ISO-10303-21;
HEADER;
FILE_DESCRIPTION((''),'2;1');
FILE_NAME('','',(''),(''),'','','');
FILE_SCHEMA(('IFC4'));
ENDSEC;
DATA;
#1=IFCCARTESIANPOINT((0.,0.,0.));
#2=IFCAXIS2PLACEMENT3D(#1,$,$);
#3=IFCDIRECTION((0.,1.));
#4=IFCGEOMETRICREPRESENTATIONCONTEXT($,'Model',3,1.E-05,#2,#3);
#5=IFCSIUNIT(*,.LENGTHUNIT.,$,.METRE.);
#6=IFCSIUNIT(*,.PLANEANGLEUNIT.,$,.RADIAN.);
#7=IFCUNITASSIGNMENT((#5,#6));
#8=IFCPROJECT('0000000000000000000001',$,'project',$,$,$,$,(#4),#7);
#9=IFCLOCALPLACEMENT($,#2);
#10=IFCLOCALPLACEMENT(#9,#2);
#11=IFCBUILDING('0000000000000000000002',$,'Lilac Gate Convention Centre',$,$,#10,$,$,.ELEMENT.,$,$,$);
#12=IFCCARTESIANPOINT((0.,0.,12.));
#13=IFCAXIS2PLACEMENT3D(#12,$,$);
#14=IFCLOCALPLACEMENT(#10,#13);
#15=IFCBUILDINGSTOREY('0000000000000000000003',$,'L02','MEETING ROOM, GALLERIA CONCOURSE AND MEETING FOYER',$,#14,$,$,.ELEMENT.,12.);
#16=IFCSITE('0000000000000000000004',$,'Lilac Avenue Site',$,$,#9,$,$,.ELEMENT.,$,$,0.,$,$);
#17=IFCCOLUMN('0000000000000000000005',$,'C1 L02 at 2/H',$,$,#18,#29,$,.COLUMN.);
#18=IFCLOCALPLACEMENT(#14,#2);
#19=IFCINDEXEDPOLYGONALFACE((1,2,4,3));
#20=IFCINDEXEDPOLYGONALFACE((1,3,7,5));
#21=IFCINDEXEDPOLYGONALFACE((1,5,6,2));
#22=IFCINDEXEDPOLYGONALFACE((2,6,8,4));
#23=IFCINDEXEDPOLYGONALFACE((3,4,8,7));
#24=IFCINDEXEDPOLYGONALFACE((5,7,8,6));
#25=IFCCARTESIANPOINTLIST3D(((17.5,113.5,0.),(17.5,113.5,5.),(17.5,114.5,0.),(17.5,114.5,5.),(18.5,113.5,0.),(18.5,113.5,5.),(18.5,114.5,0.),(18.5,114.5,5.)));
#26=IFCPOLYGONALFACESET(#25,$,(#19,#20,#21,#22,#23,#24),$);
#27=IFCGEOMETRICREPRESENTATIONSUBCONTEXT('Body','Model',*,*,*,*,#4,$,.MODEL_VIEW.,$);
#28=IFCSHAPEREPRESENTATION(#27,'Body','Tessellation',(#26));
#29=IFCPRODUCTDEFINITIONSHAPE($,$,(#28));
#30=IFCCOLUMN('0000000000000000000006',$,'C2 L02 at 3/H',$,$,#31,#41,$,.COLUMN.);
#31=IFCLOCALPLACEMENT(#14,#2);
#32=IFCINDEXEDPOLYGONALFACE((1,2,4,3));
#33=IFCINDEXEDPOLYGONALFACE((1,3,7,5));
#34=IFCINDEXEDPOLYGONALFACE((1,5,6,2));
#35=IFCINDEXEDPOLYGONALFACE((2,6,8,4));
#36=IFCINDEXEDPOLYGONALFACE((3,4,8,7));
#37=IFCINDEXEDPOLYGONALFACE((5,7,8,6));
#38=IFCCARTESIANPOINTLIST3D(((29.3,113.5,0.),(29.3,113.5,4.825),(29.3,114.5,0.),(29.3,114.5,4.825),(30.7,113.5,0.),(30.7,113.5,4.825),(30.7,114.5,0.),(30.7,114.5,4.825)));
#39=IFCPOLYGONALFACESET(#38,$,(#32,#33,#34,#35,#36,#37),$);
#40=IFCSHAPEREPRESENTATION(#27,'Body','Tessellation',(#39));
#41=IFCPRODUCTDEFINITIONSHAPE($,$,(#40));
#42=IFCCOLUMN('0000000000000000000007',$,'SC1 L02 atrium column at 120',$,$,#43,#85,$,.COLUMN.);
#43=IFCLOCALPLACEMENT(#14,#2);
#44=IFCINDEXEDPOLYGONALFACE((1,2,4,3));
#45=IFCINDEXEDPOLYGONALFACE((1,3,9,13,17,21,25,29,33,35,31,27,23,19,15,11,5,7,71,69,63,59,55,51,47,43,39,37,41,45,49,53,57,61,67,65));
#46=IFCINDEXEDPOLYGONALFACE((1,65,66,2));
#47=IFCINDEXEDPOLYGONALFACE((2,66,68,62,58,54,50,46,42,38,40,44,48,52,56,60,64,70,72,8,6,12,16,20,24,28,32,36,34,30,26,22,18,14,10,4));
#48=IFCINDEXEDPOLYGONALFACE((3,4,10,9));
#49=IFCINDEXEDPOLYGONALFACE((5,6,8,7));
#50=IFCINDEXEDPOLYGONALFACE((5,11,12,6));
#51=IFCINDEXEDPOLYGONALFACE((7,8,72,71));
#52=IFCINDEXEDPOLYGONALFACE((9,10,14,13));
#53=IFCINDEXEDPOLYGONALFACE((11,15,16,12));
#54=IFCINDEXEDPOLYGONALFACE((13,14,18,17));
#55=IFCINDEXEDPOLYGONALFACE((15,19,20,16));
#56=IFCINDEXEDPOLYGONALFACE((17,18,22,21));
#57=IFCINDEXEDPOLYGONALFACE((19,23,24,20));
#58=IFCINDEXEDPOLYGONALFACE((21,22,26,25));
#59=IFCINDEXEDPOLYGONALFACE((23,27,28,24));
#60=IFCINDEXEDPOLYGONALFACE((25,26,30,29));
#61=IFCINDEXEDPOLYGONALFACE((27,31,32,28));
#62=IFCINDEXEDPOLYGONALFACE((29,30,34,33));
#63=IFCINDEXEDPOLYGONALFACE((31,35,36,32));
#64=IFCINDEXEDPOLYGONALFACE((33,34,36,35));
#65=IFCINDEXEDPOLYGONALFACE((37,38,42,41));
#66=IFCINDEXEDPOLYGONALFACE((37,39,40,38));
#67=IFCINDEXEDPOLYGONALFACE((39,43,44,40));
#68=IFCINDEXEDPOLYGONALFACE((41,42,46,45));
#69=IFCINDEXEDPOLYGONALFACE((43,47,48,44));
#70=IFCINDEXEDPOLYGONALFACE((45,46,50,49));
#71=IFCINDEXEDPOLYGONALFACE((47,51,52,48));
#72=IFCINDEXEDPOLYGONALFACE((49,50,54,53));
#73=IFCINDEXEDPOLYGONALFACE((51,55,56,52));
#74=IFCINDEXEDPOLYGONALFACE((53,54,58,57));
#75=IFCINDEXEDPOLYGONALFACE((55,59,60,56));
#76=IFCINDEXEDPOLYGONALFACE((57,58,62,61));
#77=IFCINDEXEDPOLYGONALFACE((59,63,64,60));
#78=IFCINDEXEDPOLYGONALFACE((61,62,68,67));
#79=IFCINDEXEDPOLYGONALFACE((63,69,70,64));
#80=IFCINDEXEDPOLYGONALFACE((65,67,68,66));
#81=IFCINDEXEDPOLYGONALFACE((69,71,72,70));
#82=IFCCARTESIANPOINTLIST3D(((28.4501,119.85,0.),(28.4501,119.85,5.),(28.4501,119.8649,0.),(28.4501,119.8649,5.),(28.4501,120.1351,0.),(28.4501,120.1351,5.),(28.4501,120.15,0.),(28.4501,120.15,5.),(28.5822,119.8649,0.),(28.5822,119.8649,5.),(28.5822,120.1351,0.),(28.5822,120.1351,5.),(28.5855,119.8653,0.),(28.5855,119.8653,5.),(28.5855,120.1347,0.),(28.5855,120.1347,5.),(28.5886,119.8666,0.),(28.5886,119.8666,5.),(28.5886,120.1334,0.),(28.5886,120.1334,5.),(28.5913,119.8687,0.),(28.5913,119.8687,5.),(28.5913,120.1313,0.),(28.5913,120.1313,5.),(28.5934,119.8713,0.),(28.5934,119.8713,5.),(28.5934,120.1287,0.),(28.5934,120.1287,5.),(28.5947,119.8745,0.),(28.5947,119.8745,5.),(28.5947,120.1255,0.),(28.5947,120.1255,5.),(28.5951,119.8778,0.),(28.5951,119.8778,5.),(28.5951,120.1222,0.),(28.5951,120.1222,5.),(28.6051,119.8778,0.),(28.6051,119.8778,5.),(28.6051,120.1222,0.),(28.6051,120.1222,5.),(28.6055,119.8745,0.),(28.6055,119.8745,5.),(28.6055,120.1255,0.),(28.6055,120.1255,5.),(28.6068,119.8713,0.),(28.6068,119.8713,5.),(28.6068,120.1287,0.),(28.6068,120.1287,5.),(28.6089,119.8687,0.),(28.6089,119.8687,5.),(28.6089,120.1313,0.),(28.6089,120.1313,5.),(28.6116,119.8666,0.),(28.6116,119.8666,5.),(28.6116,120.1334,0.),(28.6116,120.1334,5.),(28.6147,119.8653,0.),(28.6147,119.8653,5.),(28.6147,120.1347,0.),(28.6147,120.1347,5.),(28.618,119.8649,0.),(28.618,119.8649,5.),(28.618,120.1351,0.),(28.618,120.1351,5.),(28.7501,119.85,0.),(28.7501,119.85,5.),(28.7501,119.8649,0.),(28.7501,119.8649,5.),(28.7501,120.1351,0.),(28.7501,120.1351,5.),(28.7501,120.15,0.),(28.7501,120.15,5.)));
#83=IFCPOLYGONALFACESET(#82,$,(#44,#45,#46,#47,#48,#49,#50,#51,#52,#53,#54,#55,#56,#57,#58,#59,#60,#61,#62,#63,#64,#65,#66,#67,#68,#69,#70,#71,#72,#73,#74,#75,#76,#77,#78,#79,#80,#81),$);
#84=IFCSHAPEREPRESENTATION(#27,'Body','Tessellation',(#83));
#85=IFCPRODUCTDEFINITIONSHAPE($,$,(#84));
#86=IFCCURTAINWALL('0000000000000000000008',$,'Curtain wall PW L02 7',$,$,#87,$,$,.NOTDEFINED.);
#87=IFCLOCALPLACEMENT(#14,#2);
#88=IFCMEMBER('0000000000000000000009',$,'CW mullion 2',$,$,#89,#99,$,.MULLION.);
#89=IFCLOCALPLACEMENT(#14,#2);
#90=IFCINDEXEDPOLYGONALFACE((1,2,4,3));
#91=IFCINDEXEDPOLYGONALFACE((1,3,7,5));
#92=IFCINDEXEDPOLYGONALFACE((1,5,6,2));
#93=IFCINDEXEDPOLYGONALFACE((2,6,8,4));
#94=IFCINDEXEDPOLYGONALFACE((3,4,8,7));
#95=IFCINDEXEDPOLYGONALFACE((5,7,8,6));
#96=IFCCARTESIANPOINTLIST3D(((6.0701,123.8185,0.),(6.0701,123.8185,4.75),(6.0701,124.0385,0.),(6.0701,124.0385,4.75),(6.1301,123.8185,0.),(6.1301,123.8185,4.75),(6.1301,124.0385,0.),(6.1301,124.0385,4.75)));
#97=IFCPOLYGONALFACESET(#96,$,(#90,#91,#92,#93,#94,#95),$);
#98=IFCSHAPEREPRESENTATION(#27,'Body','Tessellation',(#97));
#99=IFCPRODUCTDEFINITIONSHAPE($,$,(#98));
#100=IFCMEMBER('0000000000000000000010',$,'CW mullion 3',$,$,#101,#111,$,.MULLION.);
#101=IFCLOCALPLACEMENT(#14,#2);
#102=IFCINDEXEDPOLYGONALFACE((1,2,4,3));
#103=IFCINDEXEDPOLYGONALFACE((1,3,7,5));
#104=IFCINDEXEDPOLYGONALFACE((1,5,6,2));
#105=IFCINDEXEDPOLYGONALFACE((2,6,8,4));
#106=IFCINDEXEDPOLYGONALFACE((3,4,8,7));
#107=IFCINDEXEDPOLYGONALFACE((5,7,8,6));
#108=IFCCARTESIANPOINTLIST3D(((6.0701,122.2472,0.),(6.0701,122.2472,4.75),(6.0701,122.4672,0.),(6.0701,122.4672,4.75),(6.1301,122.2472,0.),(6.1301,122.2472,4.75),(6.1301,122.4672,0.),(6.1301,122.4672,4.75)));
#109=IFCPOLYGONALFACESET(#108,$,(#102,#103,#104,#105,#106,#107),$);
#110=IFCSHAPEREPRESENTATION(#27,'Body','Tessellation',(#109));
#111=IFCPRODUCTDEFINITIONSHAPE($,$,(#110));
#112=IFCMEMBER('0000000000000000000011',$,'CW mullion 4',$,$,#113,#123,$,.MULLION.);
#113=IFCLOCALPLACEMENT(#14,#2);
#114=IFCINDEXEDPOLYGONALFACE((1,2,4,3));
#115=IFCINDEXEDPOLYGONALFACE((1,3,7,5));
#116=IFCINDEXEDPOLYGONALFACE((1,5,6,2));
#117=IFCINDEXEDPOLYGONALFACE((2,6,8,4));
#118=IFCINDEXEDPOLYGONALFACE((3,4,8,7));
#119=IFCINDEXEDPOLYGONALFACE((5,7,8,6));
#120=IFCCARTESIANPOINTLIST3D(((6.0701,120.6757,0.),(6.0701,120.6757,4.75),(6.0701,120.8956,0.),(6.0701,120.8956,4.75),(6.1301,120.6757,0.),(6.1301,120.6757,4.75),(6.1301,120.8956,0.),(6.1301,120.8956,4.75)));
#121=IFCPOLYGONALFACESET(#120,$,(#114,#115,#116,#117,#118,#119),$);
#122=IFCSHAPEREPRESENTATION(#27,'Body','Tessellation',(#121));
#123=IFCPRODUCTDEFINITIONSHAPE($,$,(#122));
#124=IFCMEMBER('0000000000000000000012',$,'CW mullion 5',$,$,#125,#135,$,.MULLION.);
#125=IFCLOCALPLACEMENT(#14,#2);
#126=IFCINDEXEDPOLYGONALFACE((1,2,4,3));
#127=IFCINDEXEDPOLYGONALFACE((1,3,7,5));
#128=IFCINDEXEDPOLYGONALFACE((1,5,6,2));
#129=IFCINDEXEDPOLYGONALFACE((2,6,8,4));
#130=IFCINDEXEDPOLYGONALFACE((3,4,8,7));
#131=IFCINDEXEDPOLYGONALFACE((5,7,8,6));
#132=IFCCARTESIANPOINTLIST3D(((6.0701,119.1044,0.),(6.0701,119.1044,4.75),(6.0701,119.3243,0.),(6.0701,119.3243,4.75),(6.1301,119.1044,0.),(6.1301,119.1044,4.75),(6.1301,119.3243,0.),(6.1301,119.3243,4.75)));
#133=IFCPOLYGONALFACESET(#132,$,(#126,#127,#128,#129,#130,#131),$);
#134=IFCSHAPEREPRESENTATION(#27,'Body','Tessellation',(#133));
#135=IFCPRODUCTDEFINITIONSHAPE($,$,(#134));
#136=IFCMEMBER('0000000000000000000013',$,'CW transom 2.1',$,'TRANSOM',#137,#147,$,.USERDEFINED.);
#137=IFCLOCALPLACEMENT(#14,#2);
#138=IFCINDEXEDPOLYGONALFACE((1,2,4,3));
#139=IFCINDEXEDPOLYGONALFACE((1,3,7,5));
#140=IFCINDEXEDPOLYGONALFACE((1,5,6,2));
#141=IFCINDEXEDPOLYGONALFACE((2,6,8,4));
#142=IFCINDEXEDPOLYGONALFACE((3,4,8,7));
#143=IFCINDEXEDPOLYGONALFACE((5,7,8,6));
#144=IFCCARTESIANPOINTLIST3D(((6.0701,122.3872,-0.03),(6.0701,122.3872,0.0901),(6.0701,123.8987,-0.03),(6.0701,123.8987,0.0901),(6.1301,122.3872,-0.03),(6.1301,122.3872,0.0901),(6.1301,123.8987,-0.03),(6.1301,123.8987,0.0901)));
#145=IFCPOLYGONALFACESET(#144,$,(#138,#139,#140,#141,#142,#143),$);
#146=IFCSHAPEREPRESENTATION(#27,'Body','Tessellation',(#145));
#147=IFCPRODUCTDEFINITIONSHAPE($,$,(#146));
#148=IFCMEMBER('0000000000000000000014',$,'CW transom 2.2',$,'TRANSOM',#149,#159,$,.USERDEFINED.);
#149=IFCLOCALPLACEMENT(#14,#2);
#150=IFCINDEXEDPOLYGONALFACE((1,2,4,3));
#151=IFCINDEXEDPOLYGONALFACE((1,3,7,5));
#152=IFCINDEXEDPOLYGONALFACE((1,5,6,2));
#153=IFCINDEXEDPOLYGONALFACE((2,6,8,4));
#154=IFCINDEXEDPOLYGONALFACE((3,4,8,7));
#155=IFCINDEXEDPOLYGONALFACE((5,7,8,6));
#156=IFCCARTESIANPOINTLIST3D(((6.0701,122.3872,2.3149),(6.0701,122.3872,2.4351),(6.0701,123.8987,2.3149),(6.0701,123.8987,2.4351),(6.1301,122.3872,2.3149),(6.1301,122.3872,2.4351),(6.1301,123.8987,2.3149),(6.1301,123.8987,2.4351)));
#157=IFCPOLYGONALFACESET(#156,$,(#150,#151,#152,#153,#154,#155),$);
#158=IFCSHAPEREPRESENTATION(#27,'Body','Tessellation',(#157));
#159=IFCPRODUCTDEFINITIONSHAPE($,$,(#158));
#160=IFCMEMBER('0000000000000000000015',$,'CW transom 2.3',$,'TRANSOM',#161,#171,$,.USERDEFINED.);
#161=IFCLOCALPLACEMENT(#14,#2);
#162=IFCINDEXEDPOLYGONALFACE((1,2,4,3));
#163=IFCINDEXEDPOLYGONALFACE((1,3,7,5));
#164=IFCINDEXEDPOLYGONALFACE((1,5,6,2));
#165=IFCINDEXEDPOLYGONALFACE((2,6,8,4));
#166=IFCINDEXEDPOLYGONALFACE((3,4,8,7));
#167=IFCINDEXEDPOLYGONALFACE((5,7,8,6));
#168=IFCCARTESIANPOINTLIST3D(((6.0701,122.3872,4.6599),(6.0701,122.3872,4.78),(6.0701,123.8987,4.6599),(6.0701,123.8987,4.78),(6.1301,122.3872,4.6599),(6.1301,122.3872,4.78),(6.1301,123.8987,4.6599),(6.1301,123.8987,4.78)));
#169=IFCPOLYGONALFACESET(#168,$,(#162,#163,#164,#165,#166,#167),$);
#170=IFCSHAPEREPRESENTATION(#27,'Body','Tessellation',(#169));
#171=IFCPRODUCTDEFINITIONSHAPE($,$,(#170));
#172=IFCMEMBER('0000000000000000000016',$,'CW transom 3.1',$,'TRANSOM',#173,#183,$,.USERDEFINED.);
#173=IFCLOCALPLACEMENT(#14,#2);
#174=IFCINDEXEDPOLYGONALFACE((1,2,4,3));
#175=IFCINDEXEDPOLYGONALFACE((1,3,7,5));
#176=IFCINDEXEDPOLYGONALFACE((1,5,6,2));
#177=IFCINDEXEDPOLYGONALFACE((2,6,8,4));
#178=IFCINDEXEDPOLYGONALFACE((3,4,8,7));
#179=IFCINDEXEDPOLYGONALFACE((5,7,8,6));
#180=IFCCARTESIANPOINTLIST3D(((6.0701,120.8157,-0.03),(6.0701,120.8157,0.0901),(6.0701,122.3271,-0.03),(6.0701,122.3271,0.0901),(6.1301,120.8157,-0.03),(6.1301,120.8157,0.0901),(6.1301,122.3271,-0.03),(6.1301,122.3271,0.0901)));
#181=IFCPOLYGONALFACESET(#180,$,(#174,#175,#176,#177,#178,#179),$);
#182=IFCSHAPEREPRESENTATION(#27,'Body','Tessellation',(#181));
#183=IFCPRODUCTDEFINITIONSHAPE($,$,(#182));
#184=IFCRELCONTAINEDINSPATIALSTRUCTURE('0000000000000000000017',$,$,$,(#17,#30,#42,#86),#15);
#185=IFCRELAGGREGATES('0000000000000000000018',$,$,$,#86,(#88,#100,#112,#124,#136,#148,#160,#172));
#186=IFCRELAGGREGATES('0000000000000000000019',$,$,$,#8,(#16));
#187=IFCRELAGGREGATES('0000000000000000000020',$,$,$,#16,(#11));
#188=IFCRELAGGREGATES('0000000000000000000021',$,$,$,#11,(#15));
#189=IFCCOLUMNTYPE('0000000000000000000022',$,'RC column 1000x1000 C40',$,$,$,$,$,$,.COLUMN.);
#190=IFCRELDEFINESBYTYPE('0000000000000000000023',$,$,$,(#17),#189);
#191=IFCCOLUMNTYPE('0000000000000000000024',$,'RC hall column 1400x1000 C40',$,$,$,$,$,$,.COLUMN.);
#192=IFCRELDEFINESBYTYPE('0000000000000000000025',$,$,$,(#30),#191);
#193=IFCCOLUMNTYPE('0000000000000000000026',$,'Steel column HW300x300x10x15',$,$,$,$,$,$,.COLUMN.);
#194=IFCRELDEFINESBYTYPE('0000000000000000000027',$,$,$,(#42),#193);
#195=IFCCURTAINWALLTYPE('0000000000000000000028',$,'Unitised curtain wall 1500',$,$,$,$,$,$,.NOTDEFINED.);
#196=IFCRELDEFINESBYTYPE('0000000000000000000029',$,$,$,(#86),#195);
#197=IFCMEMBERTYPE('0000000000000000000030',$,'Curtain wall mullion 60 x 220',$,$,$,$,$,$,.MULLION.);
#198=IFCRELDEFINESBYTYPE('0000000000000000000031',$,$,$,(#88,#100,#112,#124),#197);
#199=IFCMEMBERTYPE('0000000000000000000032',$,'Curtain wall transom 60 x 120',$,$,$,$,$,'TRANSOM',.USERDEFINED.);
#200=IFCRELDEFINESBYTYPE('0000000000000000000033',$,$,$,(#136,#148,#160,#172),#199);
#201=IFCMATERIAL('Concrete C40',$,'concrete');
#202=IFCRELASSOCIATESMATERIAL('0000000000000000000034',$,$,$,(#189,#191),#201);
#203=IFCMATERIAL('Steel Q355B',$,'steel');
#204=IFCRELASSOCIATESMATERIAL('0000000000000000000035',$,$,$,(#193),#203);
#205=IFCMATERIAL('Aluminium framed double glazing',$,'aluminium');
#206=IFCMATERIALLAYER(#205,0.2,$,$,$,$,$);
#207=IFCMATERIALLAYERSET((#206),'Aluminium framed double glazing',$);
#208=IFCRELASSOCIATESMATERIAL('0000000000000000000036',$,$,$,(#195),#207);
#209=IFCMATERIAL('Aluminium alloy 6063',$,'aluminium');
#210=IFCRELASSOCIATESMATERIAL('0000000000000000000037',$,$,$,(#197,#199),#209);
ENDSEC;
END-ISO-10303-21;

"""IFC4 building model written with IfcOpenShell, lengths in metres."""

from ifc_helpers import new_model, si_unit, direction, frame, origin, origin_2d, place, context, subcontext, project, spatial, rectangle, i_section, extrude, material, layer, layer_set, material_profile, profile_set, type_object, element, aggregate, save


model = new_model("IFC4")

# Units and contexts
model_context = context("Model", 3, precision=1e-05, world=origin(), true_north=direction((0.0, 1.0)))
body_context = subcontext(model_context, "Body", "Model", "MODEL_VIEW")
ifc_project = project(units=[si_unit("LENGTHUNIT", "METRE"), si_unit("PLANEANGLEUNIT", "RADIAN")], contexts=[model_context])

# Site, building, storey
site_placement = place(None, origin())
site = spatial("IfcSite", under=ifc_project, at=site_placement, Name="Lilac Avenue Site", CompositionType="ELEMENT", RefElevation=0.0)
building_placement = place(site_placement, origin())
building = spatial("IfcBuilding", under=site, at=building_placement, Name="Lilac Gate Convention Centre", CompositionType="ELEMENT")
storey_placement = place(building_placement, frame((0.0, 0.0, 12.0)))
storey = spatial("IfcBuildingStorey", under=building, at=storey_placement, Name="L02", Description="MEETING ROOM, GALLERIA CONCOURSE AND MEETING FOYER", CompositionType="ELEMENT", Elevation=12.0)

# Columns
ifc_material_1 = material(Name="Concrete C40", Category="concrete")
ifc_material_profile_1 = material_profile(ifc_material_1, rectangle(XDim=1.0, YDim=1.0, at=origin_2d()), Name="RC 1000x1000")
ifc_profile_set_1 = profile_set([ifc_material_profile_1], Name="Concrete C40")
column_type_1 = type_object("IfcColumnType", Name="RC column 1000x1000 C40", PredefinedType="COLUMN", material=ifc_profile_set_1)
column_1_placement = place(storey_placement, frame((18.0, 114.0, 0.0), z_axis=(0.0, 0.0, 1.0), x_axis=(1.0, 0.0, 0.0)))
element("IfcColumn", 1, at=column_1_placement, inside=storey, type_object=column_type_1, Name="C1 L02 at 2/H", PredefinedType="COLUMN", context=body_context, shape_type="SweptSolid", body=[
    extrude(rectangle(XDim=1.0, YDim=1.0, at=origin_2d()), origin(), (0.0, 0.0, 1.0), 5.0),
])
ifc_material_profile_2 = material_profile(ifc_material_1, rectangle(XDim=1.3999, YDim=1.0, at=origin_2d()), Name="RC 1400x1000")
ifc_profile_set_2 = profile_set([ifc_material_profile_2], Name="Concrete C40")
column_type_2 = type_object("IfcColumnType", Name="RC hall column 1400x1000 C40", PredefinedType="COLUMN", material=ifc_profile_set_2)
column_2_placement = place(storey_placement, frame((30.0, 114.0, 0.0), z_axis=(0.0, 0.0, 1.0), x_axis=(1.0, 0.0, 0.0)))
element("IfcColumn", 2, at=column_2_placement, inside=storey, type_object=column_type_2, Name="C2 L02 at 3/H", PredefinedType="COLUMN", context=body_context, shape_type="SweptSolid", body=[
    extrude(rectangle(XDim=1.3999, YDim=1.0, at=origin_2d()), origin(), (0.0, 0.0, 1.0), 4.825),
])
ifc_material_2 = material(Name="Steel Q355B", Category="steel")
ifc_material_profile_3 = material_profile(ifc_material_2, i_section(OverallWidth=0.3, OverallDepth=0.3, WebThickness=0.01, FlangeThickness=0.0149, FilletRadius=0.0129, at=origin_2d()), Name="HW300x300x10x15")
ifc_profile_set_3 = profile_set([ifc_material_profile_3], Name="Steel Q355B")
column_type_3 = type_object("IfcColumnType", Name="Steel column HW300x300x10x15", PredefinedType="COLUMN", material=ifc_profile_set_3)
column_3_placement = place(storey_placement, frame((28.6001, 120.0, 0.0), z_axis=(0.0, 0.0, 1.0), x_axis=(1.0, 0.0, 0.0)))
element("IfcColumn", 3, at=column_3_placement, inside=storey, type_object=column_type_3, Name="SC1 L02 atrium column at 120", PredefinedType="COLUMN", context=body_context, shape_type="SweptSolid", body=[
    extrude(i_section(OverallWidth=0.3, OverallDepth=0.3, WebThickness=0.01, FlangeThickness=0.0149, FilletRadius=0.0129, at=origin_2d()), origin(), (0.0, 0.0, 1.0), 5.0),
])

# Curtain wall, members
ifc_material_3 = material(Name="Aluminium framed double glazing", Category="aluminium")
ifc_layer_1 = layer(ifc_material_3, 0.2)
ifc_layer_set_1 = layer_set([ifc_layer_1], Name="Aluminium framed double glazing")
curtain_wall_type = type_object("IfcCurtainWallType", Name="Unitised curtain wall 1500", PredefinedType="NOTDEFINED", material=ifc_layer_set_1)
curtain_wall_placement = place(storey_placement, origin())
curtain_wall = element("IfcCurtainWall", 4, at=curtain_wall_placement, inside=storey, type_object=curtain_wall_type, Name="Curtain wall PW L02 7", PredefinedType="NOTDEFINED")
ifc_material_4 = material(Name="Aluminium alloy 6063", Category="aluminium")
ifc_material_profile_4 = material_profile(ifc_material_4, rectangle(XDim=0.0601, YDim=0.22, at=origin_2d()), Name="Curtain wall mullion 60 x 220")
ifc_profile_set_4 = profile_set([ifc_material_profile_4], Name="Aluminium alloy 6063")
member_type_1 = type_object("IfcMemberType", Name="Curtain wall mullion 60 x 220", PredefinedType="MULLION", material=ifc_profile_set_4)
member_1_placement = place(storey_placement, frame((6.1001, 123.9285, 0.0), z_axis=(0.0, 0.0, 1.0), x_axis=(1.0, 0.0, 0.0)))
member_1 = element("IfcMember", 5, at=member_1_placement, type_object=member_type_1, Name="CW mullion 2", PredefinedType="MULLION", context=body_context, shape_type="SweptSolid", body=[
    extrude(rectangle(XDim=0.0601, YDim=0.22, at=origin_2d()), origin(), (0.0, 0.0, 1.0), 4.75),
])
member_2_placement = place(storey_placement, frame((6.1001, 122.3572, 0.0), z_axis=(0.0, 0.0, 1.0), x_axis=(1.0, 0.0, 0.0)))
member_2 = element("IfcMember", 6, at=member_2_placement, type_object=member_type_1, Name="CW mullion 3", PredefinedType="MULLION", context=body_context, shape_type="SweptSolid", body=[
    extrude(rectangle(XDim=0.0601, YDim=0.22, at=origin_2d()), origin(), (0.0, 0.0, 1.0), 4.75),
])
member_3_placement = place(storey_placement, frame((6.1001, 120.7856, 0.0), z_axis=(0.0, 0.0, 1.0), x_axis=(1.0, 0.0, 0.0)))
member_3 = element("IfcMember", 7, at=member_3_placement, type_object=member_type_1, Name="CW mullion 4", PredefinedType="MULLION", context=body_context, shape_type="SweptSolid", body=[
    extrude(rectangle(XDim=0.0601, YDim=0.22, at=origin_2d()), origin(), (0.0, 0.0, 1.0), 4.75),
])
member_4_placement = place(storey_placement, frame((6.1001, 119.2144, 0.0), z_axis=(0.0, 0.0, 1.0), x_axis=(1.0, 0.0, 0.0)))
member_4 = element("IfcMember", 8, at=member_4_placement, type_object=member_type_1, Name="CW mullion 5", PredefinedType="MULLION", context=body_context, shape_type="SweptSolid", body=[
    extrude(rectangle(XDim=0.0601, YDim=0.22, at=origin_2d()), origin(), (0.0, 0.0, 1.0), 4.75),
])
ifc_material_profile_5 = material_profile(ifc_material_4, rectangle(XDim=0.0601, YDim=0.1201, at=origin_2d()), Name="Curtain wall transom 60 x 120")
ifc_profile_set_5 = profile_set([ifc_material_profile_5], Name="Aluminium alloy 6063")
member_type_2 = type_object("IfcMemberType", Name="Curtain wall transom 60 x 120", ElementType="TRANSOM", PredefinedType="USERDEFINED", material=ifc_profile_set_5)
member_5_placement = place(storey_placement, frame((6.1001, 123.8987, 0.03), z_axis=(0.0, -1.0, 0.0), x_axis=(1.0, 0.0, 0.0)))
member_5 = element("IfcMember", 9, at=member_5_placement, type_object=member_type_2, Name="CW transom 2.1", ObjectType="TRANSOM", PredefinedType="USERDEFINED", context=body_context, shape_type="SweptSolid", body=[
    extrude(rectangle(XDim=0.0601, YDim=0.1201, at=origin_2d()), origin(), (0.0, 0.0, 1.0), 1.5115),
])
member_6_placement = place(storey_placement, frame((6.1001, 123.8987, 2.375), z_axis=(0.0, -1.0, 0.0), x_axis=(1.0, 0.0, 0.0)))
member_6 = element("IfcMember", 10, at=member_6_placement, type_object=member_type_2, Name="CW transom 2.2", ObjectType="TRANSOM", PredefinedType="USERDEFINED", context=body_context, shape_type="SweptSolid", body=[
    extrude(rectangle(XDim=0.0601, YDim=0.1201, at=origin_2d()), origin(), (0.0, 0.0, 1.0), 1.5115),
])
member_7_placement = place(storey_placement, frame((6.1001, 123.8987, 4.72), z_axis=(0.0, -1.0, 0.0), x_axis=(1.0, 0.0, 0.0)))
member_7 = element("IfcMember", 11, at=member_7_placement, type_object=member_type_2, Name="CW transom 2.3", ObjectType="TRANSOM", PredefinedType="USERDEFINED", context=body_context, shape_type="SweptSolid", body=[
    extrude(rectangle(XDim=0.0601, YDim=0.1201, at=origin_2d()), origin(), (0.0, 0.0, 1.0), 1.5115),
])
member_8_placement = place(storey_placement, frame((6.1001, 122.3271, 0.03), z_axis=(0.0, -1.0, 0.0), x_axis=(1.0, 0.0, 0.0)))
member_8 = element("IfcMember", 12, at=member_8_placement, type_object=member_type_2, Name="CW transom 3.1", ObjectType="TRANSOM", PredefinedType="USERDEFINED", context=body_context, shape_type="SweptSolid", body=[
    extrude(rectangle(XDim=0.0601, YDim=0.1201, at=origin_2d()), origin(), (0.0, 0.0, 1.0), 1.5115),
])

aggregate(curtain_wall, [member_1, member_2, member_3, member_4, member_5, member_6, member_7, member_8])

save(model, "model.ifc")
